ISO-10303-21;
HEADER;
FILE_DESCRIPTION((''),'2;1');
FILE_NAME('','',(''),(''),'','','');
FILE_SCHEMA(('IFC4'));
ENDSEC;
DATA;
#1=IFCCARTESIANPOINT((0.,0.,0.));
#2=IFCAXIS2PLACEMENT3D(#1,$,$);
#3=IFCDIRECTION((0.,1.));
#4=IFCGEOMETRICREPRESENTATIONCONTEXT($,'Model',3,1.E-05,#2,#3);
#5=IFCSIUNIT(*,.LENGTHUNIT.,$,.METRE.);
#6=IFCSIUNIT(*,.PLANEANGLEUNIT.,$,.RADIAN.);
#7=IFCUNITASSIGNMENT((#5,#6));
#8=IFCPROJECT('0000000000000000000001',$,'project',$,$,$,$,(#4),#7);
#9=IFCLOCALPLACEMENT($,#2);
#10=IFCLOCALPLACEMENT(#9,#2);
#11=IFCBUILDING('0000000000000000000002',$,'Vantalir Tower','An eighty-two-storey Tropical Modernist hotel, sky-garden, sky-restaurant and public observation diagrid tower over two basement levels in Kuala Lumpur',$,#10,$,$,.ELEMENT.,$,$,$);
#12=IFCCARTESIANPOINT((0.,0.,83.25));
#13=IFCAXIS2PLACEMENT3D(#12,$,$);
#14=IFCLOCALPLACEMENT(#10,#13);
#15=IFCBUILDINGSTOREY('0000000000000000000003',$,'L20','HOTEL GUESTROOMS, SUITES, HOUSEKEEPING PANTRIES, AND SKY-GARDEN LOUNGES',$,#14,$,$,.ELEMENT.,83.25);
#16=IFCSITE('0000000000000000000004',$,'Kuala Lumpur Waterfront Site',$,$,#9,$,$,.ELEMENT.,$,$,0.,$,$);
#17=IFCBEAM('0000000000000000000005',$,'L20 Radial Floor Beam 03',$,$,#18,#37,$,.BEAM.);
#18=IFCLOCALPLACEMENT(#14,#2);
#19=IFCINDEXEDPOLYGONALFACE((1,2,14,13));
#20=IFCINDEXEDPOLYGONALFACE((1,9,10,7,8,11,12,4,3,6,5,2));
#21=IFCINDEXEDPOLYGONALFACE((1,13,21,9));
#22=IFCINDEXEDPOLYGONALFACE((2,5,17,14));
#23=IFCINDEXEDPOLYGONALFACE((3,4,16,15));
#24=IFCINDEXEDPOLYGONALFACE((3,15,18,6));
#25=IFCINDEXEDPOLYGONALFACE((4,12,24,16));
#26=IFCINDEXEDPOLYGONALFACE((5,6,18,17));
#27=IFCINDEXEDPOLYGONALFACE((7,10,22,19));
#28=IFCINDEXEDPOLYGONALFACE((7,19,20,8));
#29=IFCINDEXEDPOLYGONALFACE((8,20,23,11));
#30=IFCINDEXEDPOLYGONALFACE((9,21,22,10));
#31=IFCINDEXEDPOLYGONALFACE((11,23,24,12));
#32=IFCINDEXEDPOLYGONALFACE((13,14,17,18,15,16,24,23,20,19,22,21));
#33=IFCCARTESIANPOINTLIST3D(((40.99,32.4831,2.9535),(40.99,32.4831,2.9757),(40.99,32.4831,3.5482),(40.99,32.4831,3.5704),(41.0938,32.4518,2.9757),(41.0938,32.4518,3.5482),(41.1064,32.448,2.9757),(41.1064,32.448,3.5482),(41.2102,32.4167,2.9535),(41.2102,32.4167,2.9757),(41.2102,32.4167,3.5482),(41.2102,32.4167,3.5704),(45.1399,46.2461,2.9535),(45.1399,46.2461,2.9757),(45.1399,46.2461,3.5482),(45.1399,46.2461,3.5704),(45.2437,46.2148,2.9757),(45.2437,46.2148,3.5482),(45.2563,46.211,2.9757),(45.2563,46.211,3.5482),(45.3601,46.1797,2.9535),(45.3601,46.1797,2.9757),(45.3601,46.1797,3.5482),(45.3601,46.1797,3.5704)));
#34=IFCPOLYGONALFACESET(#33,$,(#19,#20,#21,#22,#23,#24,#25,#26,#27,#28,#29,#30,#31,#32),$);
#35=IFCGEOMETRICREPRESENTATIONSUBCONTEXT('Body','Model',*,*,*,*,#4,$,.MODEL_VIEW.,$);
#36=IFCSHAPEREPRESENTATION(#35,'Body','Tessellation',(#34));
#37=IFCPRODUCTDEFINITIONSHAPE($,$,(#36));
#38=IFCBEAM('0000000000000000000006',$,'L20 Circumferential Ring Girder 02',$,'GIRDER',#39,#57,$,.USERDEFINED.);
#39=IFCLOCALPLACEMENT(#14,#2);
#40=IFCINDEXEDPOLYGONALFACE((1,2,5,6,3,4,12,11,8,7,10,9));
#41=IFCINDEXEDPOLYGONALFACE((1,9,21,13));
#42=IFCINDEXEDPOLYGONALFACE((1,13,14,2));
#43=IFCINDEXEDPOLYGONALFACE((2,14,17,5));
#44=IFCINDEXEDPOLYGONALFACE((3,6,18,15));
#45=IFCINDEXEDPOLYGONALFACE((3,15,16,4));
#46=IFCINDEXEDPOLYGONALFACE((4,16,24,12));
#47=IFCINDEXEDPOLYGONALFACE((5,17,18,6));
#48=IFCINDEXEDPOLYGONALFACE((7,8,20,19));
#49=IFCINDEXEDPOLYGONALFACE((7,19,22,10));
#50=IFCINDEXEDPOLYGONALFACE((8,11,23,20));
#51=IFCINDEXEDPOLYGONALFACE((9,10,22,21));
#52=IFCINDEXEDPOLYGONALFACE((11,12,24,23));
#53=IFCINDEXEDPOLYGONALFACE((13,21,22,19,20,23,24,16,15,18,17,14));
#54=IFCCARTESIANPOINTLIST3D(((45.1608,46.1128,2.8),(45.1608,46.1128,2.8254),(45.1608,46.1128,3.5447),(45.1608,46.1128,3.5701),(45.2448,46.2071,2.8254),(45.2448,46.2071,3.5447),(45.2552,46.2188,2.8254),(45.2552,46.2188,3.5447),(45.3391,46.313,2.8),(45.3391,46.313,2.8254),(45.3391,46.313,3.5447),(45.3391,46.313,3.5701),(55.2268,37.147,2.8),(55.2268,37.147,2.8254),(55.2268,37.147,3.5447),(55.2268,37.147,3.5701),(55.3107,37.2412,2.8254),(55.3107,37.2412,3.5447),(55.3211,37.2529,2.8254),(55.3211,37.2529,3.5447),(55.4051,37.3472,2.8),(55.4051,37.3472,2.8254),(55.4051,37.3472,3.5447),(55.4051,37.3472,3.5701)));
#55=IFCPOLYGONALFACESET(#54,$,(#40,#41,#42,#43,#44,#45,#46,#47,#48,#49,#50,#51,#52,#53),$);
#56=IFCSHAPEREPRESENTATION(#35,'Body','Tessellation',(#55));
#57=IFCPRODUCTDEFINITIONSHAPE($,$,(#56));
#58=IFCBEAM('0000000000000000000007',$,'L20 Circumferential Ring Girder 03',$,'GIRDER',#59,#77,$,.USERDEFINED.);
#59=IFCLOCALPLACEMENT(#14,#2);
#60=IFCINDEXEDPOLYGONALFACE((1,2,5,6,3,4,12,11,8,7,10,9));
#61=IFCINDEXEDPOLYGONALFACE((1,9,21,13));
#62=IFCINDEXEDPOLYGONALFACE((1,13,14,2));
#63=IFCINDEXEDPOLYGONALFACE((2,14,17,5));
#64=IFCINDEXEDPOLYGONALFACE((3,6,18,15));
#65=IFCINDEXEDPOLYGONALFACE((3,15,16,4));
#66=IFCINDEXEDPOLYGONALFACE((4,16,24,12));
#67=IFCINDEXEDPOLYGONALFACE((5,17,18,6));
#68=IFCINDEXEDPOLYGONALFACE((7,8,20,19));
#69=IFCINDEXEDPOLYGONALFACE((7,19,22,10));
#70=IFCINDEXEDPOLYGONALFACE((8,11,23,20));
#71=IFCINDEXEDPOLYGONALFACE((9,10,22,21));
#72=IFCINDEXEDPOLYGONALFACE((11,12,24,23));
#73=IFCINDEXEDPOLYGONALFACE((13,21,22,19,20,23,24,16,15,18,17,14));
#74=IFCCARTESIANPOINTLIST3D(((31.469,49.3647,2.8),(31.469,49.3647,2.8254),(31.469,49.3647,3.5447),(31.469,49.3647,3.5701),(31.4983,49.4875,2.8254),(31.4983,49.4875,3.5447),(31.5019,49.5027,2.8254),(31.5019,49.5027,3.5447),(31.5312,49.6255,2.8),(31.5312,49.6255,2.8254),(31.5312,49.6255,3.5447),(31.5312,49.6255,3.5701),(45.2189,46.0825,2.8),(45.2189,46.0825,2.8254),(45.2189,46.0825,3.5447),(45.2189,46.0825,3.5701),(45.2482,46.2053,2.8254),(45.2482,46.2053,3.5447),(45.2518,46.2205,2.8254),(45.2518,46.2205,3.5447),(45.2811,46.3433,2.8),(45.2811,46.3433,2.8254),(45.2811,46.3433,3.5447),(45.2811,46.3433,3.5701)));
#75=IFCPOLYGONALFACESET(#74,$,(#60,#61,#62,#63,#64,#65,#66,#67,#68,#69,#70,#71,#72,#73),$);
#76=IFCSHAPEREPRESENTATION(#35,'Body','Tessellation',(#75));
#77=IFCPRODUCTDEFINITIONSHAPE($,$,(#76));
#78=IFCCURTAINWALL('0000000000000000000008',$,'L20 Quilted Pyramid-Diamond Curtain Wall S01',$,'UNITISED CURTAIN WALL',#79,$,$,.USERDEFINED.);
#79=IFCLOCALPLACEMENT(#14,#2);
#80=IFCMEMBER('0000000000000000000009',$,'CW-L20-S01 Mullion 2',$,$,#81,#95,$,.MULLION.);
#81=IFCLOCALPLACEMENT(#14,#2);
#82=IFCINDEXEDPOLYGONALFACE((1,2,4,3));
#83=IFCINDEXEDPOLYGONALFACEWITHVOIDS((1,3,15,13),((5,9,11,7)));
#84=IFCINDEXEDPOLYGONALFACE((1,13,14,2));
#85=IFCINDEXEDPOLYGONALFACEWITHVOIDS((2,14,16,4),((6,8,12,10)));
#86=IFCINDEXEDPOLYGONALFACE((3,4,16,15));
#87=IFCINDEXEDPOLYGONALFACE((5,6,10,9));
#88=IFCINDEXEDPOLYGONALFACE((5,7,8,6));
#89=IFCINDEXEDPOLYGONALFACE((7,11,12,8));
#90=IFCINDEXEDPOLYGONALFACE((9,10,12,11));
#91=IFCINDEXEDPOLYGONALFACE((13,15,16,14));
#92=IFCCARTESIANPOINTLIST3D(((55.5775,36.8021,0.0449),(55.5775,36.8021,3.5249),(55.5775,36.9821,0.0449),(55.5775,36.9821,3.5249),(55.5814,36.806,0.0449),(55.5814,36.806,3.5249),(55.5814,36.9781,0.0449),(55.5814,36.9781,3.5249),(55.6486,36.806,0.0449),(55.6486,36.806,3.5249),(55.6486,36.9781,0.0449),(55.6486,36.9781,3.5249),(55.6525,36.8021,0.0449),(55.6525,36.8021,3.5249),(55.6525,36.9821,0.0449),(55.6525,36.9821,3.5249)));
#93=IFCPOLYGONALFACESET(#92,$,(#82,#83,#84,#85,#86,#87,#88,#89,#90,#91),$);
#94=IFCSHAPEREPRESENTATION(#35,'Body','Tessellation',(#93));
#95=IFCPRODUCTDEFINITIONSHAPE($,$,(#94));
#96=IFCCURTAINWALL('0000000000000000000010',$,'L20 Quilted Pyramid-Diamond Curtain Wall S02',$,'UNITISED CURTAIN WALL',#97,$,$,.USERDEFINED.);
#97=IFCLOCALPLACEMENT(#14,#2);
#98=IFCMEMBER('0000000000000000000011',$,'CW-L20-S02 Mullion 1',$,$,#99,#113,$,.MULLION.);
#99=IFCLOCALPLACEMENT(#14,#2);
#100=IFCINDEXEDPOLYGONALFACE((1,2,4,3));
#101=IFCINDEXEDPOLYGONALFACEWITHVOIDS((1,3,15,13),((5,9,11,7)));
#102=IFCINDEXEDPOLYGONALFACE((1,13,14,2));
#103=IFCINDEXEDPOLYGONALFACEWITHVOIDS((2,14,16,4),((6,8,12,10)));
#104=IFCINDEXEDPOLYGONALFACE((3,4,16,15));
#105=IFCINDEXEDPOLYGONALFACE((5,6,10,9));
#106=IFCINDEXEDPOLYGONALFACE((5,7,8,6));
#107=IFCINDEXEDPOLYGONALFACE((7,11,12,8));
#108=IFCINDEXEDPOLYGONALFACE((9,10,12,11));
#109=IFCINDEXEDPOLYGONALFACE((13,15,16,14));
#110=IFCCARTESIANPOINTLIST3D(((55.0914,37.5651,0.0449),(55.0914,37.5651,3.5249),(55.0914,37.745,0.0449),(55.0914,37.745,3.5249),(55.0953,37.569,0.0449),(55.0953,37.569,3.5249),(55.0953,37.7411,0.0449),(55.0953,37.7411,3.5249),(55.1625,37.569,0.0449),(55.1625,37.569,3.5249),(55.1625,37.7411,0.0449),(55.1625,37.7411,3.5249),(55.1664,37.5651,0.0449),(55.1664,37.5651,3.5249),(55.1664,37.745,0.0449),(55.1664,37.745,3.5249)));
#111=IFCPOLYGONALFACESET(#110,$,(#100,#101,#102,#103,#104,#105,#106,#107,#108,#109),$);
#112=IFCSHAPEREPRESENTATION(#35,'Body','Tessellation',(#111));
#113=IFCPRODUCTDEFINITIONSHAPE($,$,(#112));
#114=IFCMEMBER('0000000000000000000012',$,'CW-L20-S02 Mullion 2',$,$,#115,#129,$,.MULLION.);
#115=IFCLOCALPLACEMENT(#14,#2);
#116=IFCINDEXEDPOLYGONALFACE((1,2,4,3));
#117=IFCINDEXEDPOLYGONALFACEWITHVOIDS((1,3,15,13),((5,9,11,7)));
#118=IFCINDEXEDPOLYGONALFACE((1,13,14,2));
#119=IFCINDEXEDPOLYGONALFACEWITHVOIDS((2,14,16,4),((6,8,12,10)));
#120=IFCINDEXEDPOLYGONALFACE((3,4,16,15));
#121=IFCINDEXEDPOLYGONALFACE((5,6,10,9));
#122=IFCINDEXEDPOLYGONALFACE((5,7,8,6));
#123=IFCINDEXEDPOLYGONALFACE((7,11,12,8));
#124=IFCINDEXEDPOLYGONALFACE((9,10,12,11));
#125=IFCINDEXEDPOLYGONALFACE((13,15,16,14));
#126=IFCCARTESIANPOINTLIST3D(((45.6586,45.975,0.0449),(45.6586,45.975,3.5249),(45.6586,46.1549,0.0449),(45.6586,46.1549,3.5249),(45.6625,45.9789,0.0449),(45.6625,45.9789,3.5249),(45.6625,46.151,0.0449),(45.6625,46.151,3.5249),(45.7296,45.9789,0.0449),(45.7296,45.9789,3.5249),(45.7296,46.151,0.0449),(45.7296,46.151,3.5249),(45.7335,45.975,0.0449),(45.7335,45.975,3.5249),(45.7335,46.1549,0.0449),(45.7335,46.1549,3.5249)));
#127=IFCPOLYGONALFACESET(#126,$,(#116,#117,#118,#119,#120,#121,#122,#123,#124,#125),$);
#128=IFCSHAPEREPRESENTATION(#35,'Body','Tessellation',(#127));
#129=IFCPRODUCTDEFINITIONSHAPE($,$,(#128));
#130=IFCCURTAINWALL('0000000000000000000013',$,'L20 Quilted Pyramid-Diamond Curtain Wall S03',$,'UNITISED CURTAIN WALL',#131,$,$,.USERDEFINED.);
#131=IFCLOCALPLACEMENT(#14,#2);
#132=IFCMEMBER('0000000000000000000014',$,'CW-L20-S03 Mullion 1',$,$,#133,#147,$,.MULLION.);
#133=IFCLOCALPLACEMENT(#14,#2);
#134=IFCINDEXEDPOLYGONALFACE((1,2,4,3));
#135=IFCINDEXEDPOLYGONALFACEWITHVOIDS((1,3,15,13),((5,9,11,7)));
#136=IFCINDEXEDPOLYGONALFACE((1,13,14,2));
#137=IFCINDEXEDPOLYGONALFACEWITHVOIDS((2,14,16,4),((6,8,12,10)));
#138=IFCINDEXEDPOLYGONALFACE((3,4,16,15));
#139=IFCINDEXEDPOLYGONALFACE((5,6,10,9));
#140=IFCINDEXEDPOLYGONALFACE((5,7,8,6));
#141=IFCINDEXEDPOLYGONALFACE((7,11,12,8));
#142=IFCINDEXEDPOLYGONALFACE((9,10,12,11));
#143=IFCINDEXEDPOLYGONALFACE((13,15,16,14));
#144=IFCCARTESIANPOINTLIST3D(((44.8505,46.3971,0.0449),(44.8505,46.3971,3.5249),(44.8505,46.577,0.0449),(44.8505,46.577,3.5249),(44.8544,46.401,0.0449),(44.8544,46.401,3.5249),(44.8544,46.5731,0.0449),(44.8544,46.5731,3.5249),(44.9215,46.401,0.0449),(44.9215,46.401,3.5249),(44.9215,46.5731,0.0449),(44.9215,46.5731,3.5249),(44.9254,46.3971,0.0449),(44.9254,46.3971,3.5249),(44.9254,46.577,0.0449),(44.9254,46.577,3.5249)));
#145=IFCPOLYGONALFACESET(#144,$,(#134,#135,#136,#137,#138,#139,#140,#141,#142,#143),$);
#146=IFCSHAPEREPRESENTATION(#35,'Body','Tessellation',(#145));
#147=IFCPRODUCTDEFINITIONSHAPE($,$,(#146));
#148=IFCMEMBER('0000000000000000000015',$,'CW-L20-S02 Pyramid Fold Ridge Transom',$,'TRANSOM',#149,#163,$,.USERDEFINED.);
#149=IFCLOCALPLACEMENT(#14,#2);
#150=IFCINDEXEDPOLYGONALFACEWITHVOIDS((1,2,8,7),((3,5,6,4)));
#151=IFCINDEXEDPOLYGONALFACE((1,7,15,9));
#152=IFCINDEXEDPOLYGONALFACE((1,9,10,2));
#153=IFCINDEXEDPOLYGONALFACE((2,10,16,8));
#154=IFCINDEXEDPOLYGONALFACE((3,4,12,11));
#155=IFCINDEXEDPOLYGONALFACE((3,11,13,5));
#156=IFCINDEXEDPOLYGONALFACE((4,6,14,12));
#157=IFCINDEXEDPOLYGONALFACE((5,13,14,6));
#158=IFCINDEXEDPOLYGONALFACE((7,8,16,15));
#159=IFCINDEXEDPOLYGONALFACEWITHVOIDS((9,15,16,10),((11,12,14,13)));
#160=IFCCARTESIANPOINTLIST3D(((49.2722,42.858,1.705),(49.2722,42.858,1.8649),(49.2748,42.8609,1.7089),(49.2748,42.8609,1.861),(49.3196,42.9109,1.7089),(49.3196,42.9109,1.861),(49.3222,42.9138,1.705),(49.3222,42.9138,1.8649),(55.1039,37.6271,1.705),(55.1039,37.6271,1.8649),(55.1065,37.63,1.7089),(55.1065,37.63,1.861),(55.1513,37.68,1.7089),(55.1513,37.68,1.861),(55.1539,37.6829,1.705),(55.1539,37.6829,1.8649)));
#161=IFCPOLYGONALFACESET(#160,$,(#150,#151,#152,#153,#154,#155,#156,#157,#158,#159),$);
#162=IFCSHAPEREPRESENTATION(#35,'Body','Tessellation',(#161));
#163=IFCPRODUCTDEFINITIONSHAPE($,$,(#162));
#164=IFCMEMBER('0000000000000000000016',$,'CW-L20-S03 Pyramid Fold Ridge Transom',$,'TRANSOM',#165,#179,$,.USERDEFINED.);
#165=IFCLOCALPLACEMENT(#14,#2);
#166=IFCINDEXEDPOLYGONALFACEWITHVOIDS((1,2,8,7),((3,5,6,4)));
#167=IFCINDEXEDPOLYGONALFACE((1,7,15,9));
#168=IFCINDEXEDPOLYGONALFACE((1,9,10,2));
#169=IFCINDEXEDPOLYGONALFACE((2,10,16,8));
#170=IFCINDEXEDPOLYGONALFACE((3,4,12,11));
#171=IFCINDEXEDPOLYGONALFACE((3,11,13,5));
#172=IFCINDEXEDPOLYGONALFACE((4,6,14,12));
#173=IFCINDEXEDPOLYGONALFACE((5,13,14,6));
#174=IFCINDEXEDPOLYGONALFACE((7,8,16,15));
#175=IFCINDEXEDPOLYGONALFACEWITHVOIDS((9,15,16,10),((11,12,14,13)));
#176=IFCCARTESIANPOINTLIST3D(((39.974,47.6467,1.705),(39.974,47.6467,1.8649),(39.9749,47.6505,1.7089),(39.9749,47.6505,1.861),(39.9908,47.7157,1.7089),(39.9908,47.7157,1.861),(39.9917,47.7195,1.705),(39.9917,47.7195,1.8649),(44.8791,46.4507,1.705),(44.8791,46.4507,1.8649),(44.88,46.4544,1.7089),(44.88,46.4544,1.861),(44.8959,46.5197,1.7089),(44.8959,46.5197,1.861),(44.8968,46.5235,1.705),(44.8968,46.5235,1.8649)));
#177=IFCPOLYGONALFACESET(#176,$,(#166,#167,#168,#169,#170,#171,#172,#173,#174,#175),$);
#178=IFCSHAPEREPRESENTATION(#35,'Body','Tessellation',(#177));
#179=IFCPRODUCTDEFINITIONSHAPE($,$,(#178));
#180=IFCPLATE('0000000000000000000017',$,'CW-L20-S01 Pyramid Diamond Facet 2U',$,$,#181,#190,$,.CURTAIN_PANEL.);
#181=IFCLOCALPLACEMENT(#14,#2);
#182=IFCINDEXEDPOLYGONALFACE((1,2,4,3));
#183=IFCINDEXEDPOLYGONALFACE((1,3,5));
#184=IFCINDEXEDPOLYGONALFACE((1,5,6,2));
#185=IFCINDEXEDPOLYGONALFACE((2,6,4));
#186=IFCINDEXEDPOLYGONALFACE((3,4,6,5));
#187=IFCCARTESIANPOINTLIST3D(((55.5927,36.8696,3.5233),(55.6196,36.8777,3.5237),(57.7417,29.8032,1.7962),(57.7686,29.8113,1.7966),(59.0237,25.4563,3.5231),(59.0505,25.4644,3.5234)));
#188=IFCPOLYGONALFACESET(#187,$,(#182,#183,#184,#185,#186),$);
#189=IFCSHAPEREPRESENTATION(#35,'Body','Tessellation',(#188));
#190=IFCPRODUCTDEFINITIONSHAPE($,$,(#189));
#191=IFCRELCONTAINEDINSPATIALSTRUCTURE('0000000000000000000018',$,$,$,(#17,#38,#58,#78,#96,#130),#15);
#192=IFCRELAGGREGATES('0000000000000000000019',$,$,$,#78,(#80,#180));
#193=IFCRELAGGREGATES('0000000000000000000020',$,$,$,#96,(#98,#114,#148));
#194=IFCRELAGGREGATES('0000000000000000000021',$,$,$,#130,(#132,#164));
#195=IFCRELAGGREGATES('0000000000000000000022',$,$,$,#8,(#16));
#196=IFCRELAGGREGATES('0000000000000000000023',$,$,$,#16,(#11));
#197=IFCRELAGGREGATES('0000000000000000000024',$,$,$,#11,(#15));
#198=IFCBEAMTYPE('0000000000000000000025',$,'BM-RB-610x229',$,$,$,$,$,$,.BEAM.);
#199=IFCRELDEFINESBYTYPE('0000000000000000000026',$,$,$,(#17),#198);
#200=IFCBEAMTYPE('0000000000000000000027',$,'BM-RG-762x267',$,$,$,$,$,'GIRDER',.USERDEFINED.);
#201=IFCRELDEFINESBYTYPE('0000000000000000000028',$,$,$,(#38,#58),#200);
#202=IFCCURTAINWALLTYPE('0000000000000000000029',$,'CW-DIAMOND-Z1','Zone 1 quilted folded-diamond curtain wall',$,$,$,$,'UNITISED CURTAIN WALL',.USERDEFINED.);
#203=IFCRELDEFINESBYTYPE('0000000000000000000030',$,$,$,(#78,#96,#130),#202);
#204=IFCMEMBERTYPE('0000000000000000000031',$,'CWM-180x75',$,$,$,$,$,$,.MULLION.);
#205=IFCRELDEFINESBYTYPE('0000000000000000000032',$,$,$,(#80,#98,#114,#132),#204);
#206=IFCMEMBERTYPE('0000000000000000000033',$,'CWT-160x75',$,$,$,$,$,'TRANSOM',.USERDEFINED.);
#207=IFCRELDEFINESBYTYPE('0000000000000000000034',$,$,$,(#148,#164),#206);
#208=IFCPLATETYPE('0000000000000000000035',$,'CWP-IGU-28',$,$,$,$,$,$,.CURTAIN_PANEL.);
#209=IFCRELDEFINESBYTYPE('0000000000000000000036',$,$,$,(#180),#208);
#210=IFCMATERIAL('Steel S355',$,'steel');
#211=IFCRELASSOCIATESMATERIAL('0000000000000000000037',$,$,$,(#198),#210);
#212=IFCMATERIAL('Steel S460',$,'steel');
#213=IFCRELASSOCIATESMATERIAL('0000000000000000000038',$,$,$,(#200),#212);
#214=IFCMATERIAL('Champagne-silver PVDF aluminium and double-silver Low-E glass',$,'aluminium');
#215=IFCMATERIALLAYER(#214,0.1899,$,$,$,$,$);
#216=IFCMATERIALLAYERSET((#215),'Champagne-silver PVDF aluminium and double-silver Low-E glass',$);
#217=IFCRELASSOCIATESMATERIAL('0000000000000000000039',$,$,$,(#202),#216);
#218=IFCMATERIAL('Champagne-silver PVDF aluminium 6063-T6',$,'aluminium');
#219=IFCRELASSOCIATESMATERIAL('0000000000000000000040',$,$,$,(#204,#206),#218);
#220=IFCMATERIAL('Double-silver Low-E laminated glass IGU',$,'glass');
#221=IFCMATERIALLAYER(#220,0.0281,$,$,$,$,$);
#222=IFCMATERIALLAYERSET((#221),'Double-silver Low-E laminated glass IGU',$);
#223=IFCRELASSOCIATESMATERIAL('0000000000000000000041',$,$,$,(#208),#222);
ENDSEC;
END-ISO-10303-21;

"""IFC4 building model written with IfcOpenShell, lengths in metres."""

from ifc_helpers import new_model, si_unit, direction, frame, origin, origin_2d, place, context, subcontext, project, spatial, polyline, hollow_rectangle, i_section, outline, extrude, material, layer, layer_set, material_profile, profile_set, type_object, element, aggregate, save


model = new_model("IFC4")

# Units and contexts
model_context = context("Model", 3, precision=1e-05, world=origin(), true_north=direction((0.0, 1.0)))
body_context = subcontext(model_context, "Body", "Model", "MODEL_VIEW")
ifc_project = project(units=[si_unit("LENGTHUNIT", "METRE"), si_unit("PLANEANGLEUNIT", "RADIAN")], contexts=[model_context])

# Site, building, storey
site_placement = place(None, origin())
site = spatial("IfcSite", under=ifc_project, at=site_placement, Name="Kuala Lumpur Waterfront Site", CompositionType="ELEMENT", RefElevation=0.0)
building_placement = place(site_placement, origin())
building = spatial("IfcBuilding", under=site, at=building_placement, Name="Vantalir Tower", Description="An eighty-two-storey Tropical Modernist hotel, sky-garden, sky-restaurant and public observation diagrid tower over two basement levels in Kuala Lumpur", CompositionType="ELEMENT")
storey_placement = place(building_placement, frame((0.0, 0.0, 83.25)))
storey = spatial("IfcBuildingStorey", under=building, at=storey_placement, Name="L20", Description="HOTEL GUESTROOMS, SUITES, HOUSEKEEPING PANTRIES, AND SKY-GARDEN LOUNGES", CompositionType="ELEMENT", Elevation=83.25)

# Shared definitions
ifc_material_1 = material(Name="Steel S460", Category="steel")

# Beams
ifc_material_2 = material(Name="Steel S355", Category="steel")
ifc_material_profile_1 = material_profile(ifc_material_2, i_section(OverallWidth=0.23, OverallDepth=0.6169, WebThickness=0.0132, FlangeThickness=0.0222, at=origin_2d()), Name="Steel S355")
ifc_profile_set_1 = profile_set([ifc_material_profile_1], Name="Steel S355")
beam_type_1 = type_object("IfcBeamType", Name="BM-RB-610x229", PredefinedType="BEAM", material=ifc_profile_set_1)
beam_1_placement = place(storey_placement, frame((45.25, 46.2129, 3.262), z_axis=(-0.288689, -0.957423, 0.0), x_axis=(0.957423, -0.288689, 0.0)))
element("IfcBeam", 1, at=beam_1_placement, inside=storey, type_object=beam_type_1, Name="L20 Radial Floor Beam 03", PredefinedType="BEAM", context=body_context, shape_type="SweptSolid", body=[
    extrude(i_section(OverallWidth=0.23, OverallDepth=0.6169, WebThickness=0.0132, FlangeThickness=0.0222, at=origin_2d()), origin(), (0.0, 0.0, 1.0), 14.375),
])
ifc_material_profile_2 = material_profile(ifc_material_1, i_section(OverallWidth=0.2681, OverallDepth=0.77, WebThickness=0.0156, FlangeThickness=0.0254, at=origin_2d()), Name="Steel S460")
ifc_profile_set_2 = profile_set([ifc_material_profile_2], Name="Steel S460")
beam_type_2 = type_object("IfcBeamType", Name="BM-RG-762x267", ElementType="GIRDER", PredefinedType="USERDEFINED", material=ifc_profile_set_2)
beam_2_placement = place(storey_placement, frame((55.3159, 37.2471, 3.1851), z_axis=(-0.746733, 0.665123, 0.0), x_axis=(-0.665123, -0.746733, 0.0)))
element("IfcBeam", 2, at=beam_2_placement, inside=storey, type_object=beam_type_2, Name="L20 Circumferential Ring Girder 02", ObjectType="GIRDER", PredefinedType="USERDEFINED", context=body_context, shape_type="SweptSolid", body=[
    extrude(i_section(OverallWidth=0.2681, OverallDepth=0.77, WebThickness=0.0156, FlangeThickness=0.0254, at=origin_2d()), origin(), (0.0, 0.0, 1.0), 13.48),
])
beam_3_placement = place(storey_placement, frame((45.25, 46.2129, 3.1851), z_axis=(-0.972672, 0.232184, 0.0), x_axis=(-0.232184, -0.972672, 0.0)))
element("IfcBeam", 3, at=beam_3_placement, inside=storey, type_object=beam_type_2, Name="L20 Circumferential Ring Girder 03", ObjectType="GIRDER", PredefinedType="USERDEFINED", context=body_context, shape_type="SweptSolid", body=[
    extrude(i_section(OverallWidth=0.2681, OverallDepth=0.77, WebThickness=0.0156, FlangeThickness=0.0254, at=origin_2d()), origin(), (0.0, 0.0, 1.0), 14.1362),
])

# Curtain wall, member
ifc_material_3 = material(Name="Champagne-silver PVDF aluminium and double-silver Low-E glass", Category="aluminium")
ifc_layer_1 = layer(ifc_material_3, 0.1899)
ifc_layer_set_1 = layer_set([ifc_layer_1], Name="Champagne-silver PVDF aluminium and double-silver Low-E glass")
curtain_wall_type = type_object("IfcCurtainWallType", Name="CW-DIAMOND-Z1", Description="Zone 1 quilted folded-diamond curtain wall", ElementType="UNITISED CURTAIN WALL", PredefinedType="USERDEFINED", material=ifc_layer_set_1)
curtain_wall_1_placement = place(storey_placement, origin())
curtain_wall_1 = element("IfcCurtainWall", 4, at=curtain_wall_1_placement, inside=storey, type_object=curtain_wall_type, Name="L20 Quilted Pyramid-Diamond Curtain Wall S01", ObjectType="UNITISED CURTAIN WALL", PredefinedType="USERDEFINED")
ifc_material_4 = material(Name="Champagne-silver PVDF aluminium 6063-T6", Category="aluminium")
ifc_material_profile_3 = material_profile(ifc_material_4, hollow_rectangle(XDim=0.075, YDim=0.1799, WallThickness=0.0039, at=origin_2d()), Name="Champagne-silver PVDF aluminium 6063-T6")
ifc_profile_set_3 = profile_set([ifc_material_profile_3], Name="Champagne-silver PVDF aluminium 6063-T6")
member_type_1 = type_object("IfcMemberType", Name="CWM-180x75", PredefinedType="MULLION", material=ifc_profile_set_3)
member_1_placement = place(storey_placement, frame((55.615, 36.8921, 0.0449), z_axis=(0.0, 0.0, 1.0), x_axis=(1.0, 0.0, 0.0)))
member_1 = element("IfcMember", 5, at=member_1_placement, type_object=member_type_1, Name="CW-L20-S01 Mullion 2", PredefinedType="MULLION", context=body_context, shape_type="SweptSolid", body=[
    extrude(hollow_rectangle(XDim=0.075, YDim=0.1799, WallThickness=0.0039, at=origin_2d()), origin(), (0.0, 0.0, 1.0), 3.48),
])

# Curtain wall, members
curtain_wall_2_placement = place(storey_placement, origin())
curtain_wall_2 = element("IfcCurtainWall", 6, at=curtain_wall_2_placement, inside=storey, type_object=curtain_wall_type, Name="L20 Quilted Pyramid-Diamond Curtain Wall S02", ObjectType="UNITISED CURTAIN WALL", PredefinedType="USERDEFINED")
member_2_placement = place(storey_placement, frame((55.1289, 37.655, 0.0449), z_axis=(0.0, 0.0, 1.0), x_axis=(1.0, 0.0, 0.0)))
member_2 = element("IfcMember", 7, at=member_2_placement, type_object=member_type_1, Name="CW-L20-S02 Mullion 1", PredefinedType="MULLION", context=body_context, shape_type="SweptSolid", body=[
    extrude(hollow_rectangle(XDim=0.075, YDim=0.1799, WallThickness=0.0039, at=origin_2d()), origin(), (0.0, 0.0, 1.0), 3.48),
])
member_3_placement = place(storey_placement, frame((45.696, 46.0649, 0.0449), z_axis=(0.0, 0.0, 1.0), x_axis=(1.0, 0.0, 0.0)))
member_3 = element("IfcMember", 8, at=member_3_placement, type_object=member_type_1, Name="CW-L20-S02 Mullion 2", PredefinedType="MULLION", context=body_context, shape_type="SweptSolid", body=[
    extrude(hollow_rectangle(XDim=0.075, YDim=0.1799, WallThickness=0.0039, at=origin_2d()), origin(), (0.0, 0.0, 1.0), 3.48),
])

# Curtain wall, member
curtain_wall_3_placement = place(storey_placement, origin())
curtain_wall_3 = element("IfcCurtainWall", 9, at=curtain_wall_3_placement, inside=storey, type_object=curtain_wall_type, Name="L20 Quilted Pyramid-Diamond Curtain Wall S03", ObjectType="UNITISED CURTAIN WALL", PredefinedType="USERDEFINED")
member_4_placement = place(storey_placement, frame((44.8879, 46.4871, 0.0449), z_axis=(0.0, 0.0, 1.0), x_axis=(1.0, 0.0, 0.0)))
member_4 = element("IfcMember", 10, at=member_4_placement, type_object=member_type_1, Name="CW-L20-S03 Mullion 1", PredefinedType="MULLION", context=body_context, shape_type="SweptSolid", body=[
    extrude(hollow_rectangle(XDim=0.075, YDim=0.1799, WallThickness=0.0039, at=origin_2d()), origin(), (0.0, 0.0, 1.0), 3.48),
])

# Members
ifc_material_profile_4 = material_profile(ifc_material_4, hollow_rectangle(XDim=0.075, YDim=0.1599, WallThickness=0.0039, at=origin_2d()), Name="Champagne-silver PVDF aluminium 6063-T6")
ifc_profile_set_4 = profile_set([ifc_material_profile_4], Name="Champagne-silver PVDF aluminium 6063-T6")
member_type_2 = type_object("IfcMemberType", Name="CWT-160x75", ElementType="TRANSOM", PredefinedType="USERDEFINED", material=ifc_profile_set_4)
member_5_placement = place(storey_placement, frame((55.1289, 37.655, 1.7849), z_axis=(-0.744413, 0.667719, 0.0), x_axis=(-0.667719, -0.744413, 0.0)))
member_5 = element("IfcMember", 11, at=member_5_placement, type_object=member_type_2, Name="CW-L20-S02 Pyramid Fold Ridge Transom", ObjectType="TRANSOM", PredefinedType="USERDEFINED", context=body_context, shape_type="SweptSolid", body=[
    extrude(hollow_rectangle(XDim=0.075, YDim=0.1599, WallThickness=0.0039, at=origin_2d()), origin(), (0.0, 0.0, 1.0), 7.834),
])
member_6_placement = place(storey_placement, frame((44.8879, 46.4871, 1.7849), z_axis=(-0.971534, 0.236899, 0.0), x_axis=(-0.236899, -0.971534, 0.0)))
member_6 = element("IfcMember", 12, at=member_6_placement, type_object=member_type_2, Name="CW-L20-S03 Pyramid Fold Ridge Transom", ObjectType="TRANSOM", PredefinedType="USERDEFINED", context=body_context, shape_type="SweptSolid", body=[
    extrude(hollow_rectangle(XDim=0.075, YDim=0.1599, WallThickness=0.0039, at=origin_2d()), origin(), (0.0, 0.0, 1.0), 5.0488),
])

# Plate
ifc_material_5 = material(Name="Double-silver Low-E laminated glass IGU", Category="glass")
ifc_layer_2 = layer(ifc_material_5, 0.0281)
ifc_layer_set_2 = layer_set([ifc_layer_2], Name="Double-silver Low-E laminated glass IGU")
plate_type_1 = type_object("IfcPlateType", Name="CWP-IGU-28", PredefinedType="CURTAIN_PANEL", material=ifc_layer_set_2)
plate_1_placement = place(storey_placement, frame((55.6196, 36.8777, 3.5237), z_axis=(0.957577, 0.287852, 0.013711), x_axis=(0.28788, -0.957667, -0.00002)))
plate_1 = element("IfcPlate", 13, at=plate_1_placement, type_object=plate_type_1, Name="CW-L20-S01 Pyramid Diamond Facet 2U", PredefinedType="CURTAIN_PANEL", context=body_context, shape_type="SweptSolid", body=[
    extrude(outline(polyline([(0.0, 0.0), (11.9179, 0.0), (7.3859, 1.7271), (0.0, 0.0)])), origin(), (0.0, 0.0, -1.0), 0.0281),
])
aggregate(curtain_wall_1, [member_1, plate_1])
aggregate(curtain_wall_2, [member_2, member_3, member_5])
aggregate(curtain_wall_3, [member_4, member_6])

save(model, "model.ifc")
